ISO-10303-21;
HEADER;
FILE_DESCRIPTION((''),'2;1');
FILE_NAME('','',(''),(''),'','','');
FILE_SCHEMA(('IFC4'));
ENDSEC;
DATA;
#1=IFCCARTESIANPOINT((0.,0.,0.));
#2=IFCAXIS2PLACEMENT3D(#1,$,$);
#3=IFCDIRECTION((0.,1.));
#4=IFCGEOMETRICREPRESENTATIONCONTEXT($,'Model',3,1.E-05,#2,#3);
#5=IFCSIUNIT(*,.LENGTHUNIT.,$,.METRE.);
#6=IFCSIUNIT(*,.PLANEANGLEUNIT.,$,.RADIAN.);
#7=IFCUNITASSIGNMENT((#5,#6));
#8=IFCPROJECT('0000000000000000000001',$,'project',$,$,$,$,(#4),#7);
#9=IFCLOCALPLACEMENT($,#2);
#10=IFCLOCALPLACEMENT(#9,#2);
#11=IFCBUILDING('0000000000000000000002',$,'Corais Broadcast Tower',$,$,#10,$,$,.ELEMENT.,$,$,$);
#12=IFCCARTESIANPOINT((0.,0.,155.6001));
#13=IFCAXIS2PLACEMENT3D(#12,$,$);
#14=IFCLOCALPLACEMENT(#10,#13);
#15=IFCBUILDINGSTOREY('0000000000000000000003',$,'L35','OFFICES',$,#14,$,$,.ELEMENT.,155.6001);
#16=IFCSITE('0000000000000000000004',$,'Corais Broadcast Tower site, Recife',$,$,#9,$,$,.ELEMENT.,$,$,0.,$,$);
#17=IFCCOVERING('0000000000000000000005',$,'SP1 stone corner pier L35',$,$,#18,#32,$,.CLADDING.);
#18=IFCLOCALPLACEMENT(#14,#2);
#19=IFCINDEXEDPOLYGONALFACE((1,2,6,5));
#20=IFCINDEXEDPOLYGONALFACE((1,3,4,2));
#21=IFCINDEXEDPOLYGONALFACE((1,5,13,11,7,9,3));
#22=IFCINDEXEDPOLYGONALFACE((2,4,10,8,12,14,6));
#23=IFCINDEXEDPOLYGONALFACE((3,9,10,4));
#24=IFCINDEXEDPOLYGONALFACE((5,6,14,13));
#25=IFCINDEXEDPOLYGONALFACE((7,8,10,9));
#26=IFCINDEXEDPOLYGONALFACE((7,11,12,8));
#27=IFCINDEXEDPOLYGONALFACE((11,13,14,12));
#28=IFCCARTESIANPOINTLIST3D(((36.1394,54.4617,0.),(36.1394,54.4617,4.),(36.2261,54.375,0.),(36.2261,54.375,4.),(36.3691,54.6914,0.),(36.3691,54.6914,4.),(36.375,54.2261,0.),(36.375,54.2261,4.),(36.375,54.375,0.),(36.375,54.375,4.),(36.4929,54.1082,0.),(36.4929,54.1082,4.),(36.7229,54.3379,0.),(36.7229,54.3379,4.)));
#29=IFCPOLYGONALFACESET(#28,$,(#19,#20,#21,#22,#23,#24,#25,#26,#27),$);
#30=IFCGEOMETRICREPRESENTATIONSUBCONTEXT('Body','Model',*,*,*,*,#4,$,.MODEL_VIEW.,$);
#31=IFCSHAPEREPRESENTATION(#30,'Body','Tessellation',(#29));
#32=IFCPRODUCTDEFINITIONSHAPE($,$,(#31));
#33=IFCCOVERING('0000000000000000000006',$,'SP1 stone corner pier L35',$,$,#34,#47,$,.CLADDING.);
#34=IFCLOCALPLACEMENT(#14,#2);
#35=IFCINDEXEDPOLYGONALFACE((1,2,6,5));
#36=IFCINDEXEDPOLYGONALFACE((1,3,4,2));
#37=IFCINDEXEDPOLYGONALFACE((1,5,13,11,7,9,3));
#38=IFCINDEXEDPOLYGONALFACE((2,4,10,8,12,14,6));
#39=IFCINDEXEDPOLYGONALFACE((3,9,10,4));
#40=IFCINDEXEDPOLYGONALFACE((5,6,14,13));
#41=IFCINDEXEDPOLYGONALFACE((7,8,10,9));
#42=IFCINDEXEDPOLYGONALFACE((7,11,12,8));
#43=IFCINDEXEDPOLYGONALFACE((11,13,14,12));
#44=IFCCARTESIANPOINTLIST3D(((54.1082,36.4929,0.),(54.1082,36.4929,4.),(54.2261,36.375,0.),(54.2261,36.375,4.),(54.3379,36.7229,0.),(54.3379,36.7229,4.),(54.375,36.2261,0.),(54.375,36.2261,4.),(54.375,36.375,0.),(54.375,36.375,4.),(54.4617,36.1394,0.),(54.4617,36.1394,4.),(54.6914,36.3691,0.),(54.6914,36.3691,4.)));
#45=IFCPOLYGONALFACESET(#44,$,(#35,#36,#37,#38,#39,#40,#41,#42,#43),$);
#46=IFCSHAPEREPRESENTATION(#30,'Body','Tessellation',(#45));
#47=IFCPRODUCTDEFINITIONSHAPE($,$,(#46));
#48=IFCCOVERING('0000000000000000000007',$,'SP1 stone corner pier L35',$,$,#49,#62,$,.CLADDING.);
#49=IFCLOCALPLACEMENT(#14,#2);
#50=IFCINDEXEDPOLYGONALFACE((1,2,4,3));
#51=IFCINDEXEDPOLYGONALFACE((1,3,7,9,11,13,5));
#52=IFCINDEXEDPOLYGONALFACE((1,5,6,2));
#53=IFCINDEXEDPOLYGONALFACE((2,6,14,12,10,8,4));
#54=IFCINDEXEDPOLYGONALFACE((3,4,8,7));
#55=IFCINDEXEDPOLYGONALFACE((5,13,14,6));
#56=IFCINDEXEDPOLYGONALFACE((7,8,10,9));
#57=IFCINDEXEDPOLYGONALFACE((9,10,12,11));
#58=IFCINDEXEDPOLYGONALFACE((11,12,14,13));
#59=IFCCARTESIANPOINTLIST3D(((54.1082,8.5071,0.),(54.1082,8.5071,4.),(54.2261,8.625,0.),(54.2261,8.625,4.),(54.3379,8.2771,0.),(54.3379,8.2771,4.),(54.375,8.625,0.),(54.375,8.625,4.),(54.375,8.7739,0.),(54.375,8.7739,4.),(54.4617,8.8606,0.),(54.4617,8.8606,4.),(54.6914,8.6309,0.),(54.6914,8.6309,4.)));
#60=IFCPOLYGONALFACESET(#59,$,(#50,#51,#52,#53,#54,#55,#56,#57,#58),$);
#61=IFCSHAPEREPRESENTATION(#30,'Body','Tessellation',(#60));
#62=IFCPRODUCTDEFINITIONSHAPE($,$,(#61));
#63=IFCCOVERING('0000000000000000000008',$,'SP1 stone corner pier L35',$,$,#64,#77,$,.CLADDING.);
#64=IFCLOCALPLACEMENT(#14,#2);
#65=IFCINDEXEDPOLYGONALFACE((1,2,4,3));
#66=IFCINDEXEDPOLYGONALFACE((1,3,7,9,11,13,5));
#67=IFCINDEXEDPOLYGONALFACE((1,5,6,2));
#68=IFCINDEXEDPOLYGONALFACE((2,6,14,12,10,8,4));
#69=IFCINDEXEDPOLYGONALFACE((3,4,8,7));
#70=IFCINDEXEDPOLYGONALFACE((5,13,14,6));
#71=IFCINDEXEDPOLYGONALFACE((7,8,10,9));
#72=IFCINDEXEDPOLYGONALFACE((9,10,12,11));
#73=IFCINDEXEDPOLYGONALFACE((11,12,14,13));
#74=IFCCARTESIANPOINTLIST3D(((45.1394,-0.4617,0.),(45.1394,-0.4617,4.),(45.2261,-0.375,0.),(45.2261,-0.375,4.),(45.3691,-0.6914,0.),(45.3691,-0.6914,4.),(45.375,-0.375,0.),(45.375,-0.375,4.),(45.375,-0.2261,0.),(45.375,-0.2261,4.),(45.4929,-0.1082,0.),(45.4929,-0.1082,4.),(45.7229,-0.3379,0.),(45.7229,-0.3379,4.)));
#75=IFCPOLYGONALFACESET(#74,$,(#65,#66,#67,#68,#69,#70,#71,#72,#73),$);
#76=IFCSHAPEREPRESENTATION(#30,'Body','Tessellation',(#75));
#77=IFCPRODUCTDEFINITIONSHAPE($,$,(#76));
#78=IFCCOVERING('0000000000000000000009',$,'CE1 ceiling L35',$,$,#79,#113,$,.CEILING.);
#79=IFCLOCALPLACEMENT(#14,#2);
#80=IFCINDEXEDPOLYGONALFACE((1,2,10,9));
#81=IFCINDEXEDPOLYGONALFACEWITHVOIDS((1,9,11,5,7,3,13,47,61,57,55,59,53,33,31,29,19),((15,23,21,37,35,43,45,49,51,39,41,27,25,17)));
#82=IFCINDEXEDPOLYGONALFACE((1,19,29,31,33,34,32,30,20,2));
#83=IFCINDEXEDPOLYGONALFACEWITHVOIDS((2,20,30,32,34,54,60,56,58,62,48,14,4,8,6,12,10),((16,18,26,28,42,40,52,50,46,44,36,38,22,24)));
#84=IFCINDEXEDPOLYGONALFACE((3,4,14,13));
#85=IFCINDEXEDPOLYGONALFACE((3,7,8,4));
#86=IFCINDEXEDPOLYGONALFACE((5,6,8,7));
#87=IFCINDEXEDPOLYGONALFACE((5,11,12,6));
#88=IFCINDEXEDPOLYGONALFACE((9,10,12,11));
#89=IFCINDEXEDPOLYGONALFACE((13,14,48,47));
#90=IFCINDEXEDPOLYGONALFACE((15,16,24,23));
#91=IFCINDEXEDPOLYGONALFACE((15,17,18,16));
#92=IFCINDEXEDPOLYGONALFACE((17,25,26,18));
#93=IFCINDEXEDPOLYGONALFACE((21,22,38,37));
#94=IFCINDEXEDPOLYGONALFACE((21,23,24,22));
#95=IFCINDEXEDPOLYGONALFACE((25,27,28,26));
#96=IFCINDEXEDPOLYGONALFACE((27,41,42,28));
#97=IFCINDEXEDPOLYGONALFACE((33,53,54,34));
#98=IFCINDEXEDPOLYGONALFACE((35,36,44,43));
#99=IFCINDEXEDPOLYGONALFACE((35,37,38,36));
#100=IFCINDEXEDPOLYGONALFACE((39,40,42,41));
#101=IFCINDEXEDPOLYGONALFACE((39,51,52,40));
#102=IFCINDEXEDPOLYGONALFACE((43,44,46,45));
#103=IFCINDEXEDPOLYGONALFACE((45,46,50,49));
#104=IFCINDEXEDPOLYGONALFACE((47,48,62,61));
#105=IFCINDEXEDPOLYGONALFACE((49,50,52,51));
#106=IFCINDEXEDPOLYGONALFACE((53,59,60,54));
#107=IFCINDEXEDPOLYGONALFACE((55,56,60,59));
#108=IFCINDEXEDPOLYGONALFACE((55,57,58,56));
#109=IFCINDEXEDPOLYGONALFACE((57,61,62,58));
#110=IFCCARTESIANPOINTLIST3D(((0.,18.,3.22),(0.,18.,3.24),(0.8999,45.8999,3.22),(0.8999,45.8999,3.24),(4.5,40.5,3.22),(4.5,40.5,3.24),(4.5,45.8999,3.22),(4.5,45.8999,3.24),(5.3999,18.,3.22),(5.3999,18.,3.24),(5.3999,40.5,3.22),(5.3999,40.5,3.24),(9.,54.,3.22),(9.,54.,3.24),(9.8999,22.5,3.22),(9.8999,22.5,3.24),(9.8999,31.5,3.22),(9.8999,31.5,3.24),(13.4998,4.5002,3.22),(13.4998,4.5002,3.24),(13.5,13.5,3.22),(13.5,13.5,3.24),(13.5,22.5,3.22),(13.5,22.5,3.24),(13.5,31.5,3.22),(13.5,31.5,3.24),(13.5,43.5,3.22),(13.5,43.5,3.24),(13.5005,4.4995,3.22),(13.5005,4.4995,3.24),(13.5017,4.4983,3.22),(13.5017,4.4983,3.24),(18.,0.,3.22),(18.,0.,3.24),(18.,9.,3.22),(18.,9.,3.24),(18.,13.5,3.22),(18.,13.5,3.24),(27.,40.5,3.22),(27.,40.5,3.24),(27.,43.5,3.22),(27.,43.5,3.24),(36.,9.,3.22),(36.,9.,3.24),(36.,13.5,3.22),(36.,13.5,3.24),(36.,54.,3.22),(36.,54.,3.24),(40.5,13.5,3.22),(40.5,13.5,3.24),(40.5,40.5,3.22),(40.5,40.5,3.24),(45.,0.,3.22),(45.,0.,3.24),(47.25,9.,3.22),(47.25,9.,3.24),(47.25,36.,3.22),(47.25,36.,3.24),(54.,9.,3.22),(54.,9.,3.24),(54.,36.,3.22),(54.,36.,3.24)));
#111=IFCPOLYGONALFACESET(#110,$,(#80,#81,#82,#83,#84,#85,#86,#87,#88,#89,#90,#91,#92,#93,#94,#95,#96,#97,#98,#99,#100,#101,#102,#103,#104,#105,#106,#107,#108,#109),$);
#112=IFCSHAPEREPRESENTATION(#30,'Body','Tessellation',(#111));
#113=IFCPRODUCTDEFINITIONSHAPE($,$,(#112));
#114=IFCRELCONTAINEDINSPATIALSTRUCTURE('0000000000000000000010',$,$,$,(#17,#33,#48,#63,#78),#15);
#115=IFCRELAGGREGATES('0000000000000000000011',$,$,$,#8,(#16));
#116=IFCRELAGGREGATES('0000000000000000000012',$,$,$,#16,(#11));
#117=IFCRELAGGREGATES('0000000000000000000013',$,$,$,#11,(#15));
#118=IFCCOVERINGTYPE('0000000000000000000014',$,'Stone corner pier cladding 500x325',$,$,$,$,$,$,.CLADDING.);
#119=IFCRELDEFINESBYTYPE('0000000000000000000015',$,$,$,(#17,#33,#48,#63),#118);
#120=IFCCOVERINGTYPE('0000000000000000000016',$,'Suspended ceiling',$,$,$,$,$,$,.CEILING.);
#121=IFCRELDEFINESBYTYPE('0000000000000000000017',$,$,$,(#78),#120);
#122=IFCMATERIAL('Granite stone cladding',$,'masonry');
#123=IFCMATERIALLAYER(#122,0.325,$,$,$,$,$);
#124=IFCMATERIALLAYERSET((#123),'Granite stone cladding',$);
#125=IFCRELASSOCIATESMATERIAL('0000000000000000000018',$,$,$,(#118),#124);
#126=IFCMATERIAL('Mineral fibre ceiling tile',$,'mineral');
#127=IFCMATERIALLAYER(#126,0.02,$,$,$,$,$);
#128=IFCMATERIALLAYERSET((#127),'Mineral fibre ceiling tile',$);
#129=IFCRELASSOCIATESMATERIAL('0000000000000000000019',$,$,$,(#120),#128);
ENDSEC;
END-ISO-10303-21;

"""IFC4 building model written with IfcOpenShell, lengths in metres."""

from ifc_helpers import new_model, si_unit, direction, frame, origin, place, context, subcontext, project, spatial, polyline, outline, extrude, material, layer, layer_set, type_object, element, save


model = new_model("IFC4")

# Units and contexts
model_context = context("Model", 3, precision=1e-05, world=origin(), true_north=direction((0.0, 1.0)))
body_context = subcontext(model_context, "Body", "Model", "MODEL_VIEW")
ifc_project = project(units=[si_unit("LENGTHUNIT", "METRE"), si_unit("PLANEANGLEUNIT", "RADIAN")], contexts=[model_context])

# Site, building, storey
site_placement = place(None, origin())
site = spatial("IfcSite", under=ifc_project, at=site_placement, Name="Corais Broadcast Tower site, Recife", CompositionType="ELEMENT", RefElevation=0.0)
building_placement = place(site_placement, origin())
building = spatial("IfcBuilding", under=site, at=building_placement, Name="Corais Broadcast Tower", CompositionType="ELEMENT")
storey_placement = place(building_placement, frame((0.0, 0.0, 155.6001)))
storey = spatial("IfcBuildingStorey", under=building, at=storey_placement, Name="L35", Description="OFFICES", CompositionType="ELEMENT", Elevation=155.6001)

# Coverings
ifc_material_1 = material(Name="Granite stone cladding", Category="masonry")
ifc_layer_1 = layer(ifc_material_1, 0.325)
ifc_layer_set_1 = layer_set([ifc_layer_1], Name="Granite stone cladding")
covering_type_1 = type_object("IfcCoveringType", Name="Stone corner pier cladding 500x325", PredefinedType="CLADDING", material=ifc_layer_set_1)
covering_1_placement = place(storey_placement, origin())
element("IfcCovering", 1, at=covering_1_placement, inside=storey, type_object=covering_type_1, Name="SP1 stone corner pier L35", PredefinedType="CLADDING", context=body_context, shape_type="SweptSolid", body=[
    extrude(outline(polyline([(36.1394, 54.4617), (36.2261, 54.375), (36.375, 54.375), (36.375, 54.2261), (36.4929, 54.1082), (36.7229, 54.3379), (36.3691, 54.6914), (36.1394, 54.4617)])), origin(), (0.0, 0.0, 1.0), 4.0),
])
covering_2_placement = place(storey_placement, origin())
element("IfcCovering", 2, at=covering_2_placement, inside=storey, type_object=covering_type_1, Name="SP1 stone corner pier L35", PredefinedType="CLADDING", context=body_context, shape_type="SweptSolid", body=[
    extrude(outline(polyline([(54.375, 36.2261), (54.4617, 36.1394), (54.6914, 36.3691), (54.3379, 36.7229), (54.1082, 36.4929), (54.2261, 36.375), (54.375, 36.375), (54.375, 36.2261)])), origin(), (0.0, 0.0, 1.0), 4.0),
])
covering_3_placement = place(storey_placement, origin())
element("IfcCovering", 3, at=covering_3_placement, inside=storey, type_object=covering_type_1, Name="SP1 stone corner pier L35", PredefinedType="CLADDING", context=body_context, shape_type="SweptSolid", body=[
    extrude(outline(polyline([(54.4617, 8.8606), (54.375, 8.7739), (54.375, 8.625), (54.2261, 8.625), (54.1082, 8.5071), (54.3379, 8.2771), (54.6914, 8.6309), (54.4617, 8.8606)])), origin(), (0.0, 0.0, 1.0), 4.0),
])
covering_4_placement = place(storey_placement, origin())
element("IfcCovering", 4, at=covering_4_placement, inside=storey, type_object=covering_type_1, Name="SP1 stone corner pier L35", PredefinedType="CLADDING", context=body_context, shape_type="SweptSolid", body=[
    extrude(outline(polyline([(45.2261, -0.375), (45.1394, -0.4617), (45.3691, -0.6914), (45.7229, -0.3379), (45.4929, -0.1082), (45.375, -0.2261), (45.375, -0.375), (45.2261, -0.375)])), origin(), (0.0, 0.0, 1.0), 4.0),
])
ifc_material_2 = material(Name="Mineral fibre ceiling tile", Category="mineral")
ifc_layer_2 = layer(ifc_material_2, 0.02)
ifc_layer_set_2 = layer_set([ifc_layer_2], Name="Mineral fibre ceiling tile")
covering_type_2 = type_object("IfcCoveringType", Name="Suspended ceiling", PredefinedType="CEILING", material=ifc_layer_set_2)
covering_5_placement = place(storey_placement, frame((0.0, 0.0, 3.22)))
element("IfcCovering", 5, at=covering_5_placement, inside=storey, type_object=covering_type_2, Name="CE1 ceiling L35", PredefinedType="CEILING", context=body_context, shape_type="SweptSolid", body=[
    extrude(outline(polyline([(47.25, 9.0), (54.0, 9.0), (45.0, 0.0), (18.0, 0.0), (13.5017, 4.4983), (13.5005, 4.4995), (13.4998, 4.5002), (0.0, 18.0), (5.3999, 18.0), (5.3999, 40.5), (4.5, 40.5), (4.5, 45.8999), (0.8999, 45.8999), (9.0, 54.0), (36.0, 54.0), (54.0, 36.0), (47.25, 36.0), (47.25, 9.0)]), holes=[polyline([(13.5, 31.5), (9.8999, 31.5), (9.8999, 22.5), (13.5, 22.5), (13.5, 13.5), (18.0, 13.5), (18.0, 9.0), (36.0, 9.0), (36.0, 13.5), (40.5, 13.5), (40.5, 40.5), (27.0, 40.5), (27.0, 43.5), (13.5, 43.5), (13.5, 31.5)])]), origin(), (0.0, 0.0, 1.0), 0.02),
])

save(model, "model.ifc")
